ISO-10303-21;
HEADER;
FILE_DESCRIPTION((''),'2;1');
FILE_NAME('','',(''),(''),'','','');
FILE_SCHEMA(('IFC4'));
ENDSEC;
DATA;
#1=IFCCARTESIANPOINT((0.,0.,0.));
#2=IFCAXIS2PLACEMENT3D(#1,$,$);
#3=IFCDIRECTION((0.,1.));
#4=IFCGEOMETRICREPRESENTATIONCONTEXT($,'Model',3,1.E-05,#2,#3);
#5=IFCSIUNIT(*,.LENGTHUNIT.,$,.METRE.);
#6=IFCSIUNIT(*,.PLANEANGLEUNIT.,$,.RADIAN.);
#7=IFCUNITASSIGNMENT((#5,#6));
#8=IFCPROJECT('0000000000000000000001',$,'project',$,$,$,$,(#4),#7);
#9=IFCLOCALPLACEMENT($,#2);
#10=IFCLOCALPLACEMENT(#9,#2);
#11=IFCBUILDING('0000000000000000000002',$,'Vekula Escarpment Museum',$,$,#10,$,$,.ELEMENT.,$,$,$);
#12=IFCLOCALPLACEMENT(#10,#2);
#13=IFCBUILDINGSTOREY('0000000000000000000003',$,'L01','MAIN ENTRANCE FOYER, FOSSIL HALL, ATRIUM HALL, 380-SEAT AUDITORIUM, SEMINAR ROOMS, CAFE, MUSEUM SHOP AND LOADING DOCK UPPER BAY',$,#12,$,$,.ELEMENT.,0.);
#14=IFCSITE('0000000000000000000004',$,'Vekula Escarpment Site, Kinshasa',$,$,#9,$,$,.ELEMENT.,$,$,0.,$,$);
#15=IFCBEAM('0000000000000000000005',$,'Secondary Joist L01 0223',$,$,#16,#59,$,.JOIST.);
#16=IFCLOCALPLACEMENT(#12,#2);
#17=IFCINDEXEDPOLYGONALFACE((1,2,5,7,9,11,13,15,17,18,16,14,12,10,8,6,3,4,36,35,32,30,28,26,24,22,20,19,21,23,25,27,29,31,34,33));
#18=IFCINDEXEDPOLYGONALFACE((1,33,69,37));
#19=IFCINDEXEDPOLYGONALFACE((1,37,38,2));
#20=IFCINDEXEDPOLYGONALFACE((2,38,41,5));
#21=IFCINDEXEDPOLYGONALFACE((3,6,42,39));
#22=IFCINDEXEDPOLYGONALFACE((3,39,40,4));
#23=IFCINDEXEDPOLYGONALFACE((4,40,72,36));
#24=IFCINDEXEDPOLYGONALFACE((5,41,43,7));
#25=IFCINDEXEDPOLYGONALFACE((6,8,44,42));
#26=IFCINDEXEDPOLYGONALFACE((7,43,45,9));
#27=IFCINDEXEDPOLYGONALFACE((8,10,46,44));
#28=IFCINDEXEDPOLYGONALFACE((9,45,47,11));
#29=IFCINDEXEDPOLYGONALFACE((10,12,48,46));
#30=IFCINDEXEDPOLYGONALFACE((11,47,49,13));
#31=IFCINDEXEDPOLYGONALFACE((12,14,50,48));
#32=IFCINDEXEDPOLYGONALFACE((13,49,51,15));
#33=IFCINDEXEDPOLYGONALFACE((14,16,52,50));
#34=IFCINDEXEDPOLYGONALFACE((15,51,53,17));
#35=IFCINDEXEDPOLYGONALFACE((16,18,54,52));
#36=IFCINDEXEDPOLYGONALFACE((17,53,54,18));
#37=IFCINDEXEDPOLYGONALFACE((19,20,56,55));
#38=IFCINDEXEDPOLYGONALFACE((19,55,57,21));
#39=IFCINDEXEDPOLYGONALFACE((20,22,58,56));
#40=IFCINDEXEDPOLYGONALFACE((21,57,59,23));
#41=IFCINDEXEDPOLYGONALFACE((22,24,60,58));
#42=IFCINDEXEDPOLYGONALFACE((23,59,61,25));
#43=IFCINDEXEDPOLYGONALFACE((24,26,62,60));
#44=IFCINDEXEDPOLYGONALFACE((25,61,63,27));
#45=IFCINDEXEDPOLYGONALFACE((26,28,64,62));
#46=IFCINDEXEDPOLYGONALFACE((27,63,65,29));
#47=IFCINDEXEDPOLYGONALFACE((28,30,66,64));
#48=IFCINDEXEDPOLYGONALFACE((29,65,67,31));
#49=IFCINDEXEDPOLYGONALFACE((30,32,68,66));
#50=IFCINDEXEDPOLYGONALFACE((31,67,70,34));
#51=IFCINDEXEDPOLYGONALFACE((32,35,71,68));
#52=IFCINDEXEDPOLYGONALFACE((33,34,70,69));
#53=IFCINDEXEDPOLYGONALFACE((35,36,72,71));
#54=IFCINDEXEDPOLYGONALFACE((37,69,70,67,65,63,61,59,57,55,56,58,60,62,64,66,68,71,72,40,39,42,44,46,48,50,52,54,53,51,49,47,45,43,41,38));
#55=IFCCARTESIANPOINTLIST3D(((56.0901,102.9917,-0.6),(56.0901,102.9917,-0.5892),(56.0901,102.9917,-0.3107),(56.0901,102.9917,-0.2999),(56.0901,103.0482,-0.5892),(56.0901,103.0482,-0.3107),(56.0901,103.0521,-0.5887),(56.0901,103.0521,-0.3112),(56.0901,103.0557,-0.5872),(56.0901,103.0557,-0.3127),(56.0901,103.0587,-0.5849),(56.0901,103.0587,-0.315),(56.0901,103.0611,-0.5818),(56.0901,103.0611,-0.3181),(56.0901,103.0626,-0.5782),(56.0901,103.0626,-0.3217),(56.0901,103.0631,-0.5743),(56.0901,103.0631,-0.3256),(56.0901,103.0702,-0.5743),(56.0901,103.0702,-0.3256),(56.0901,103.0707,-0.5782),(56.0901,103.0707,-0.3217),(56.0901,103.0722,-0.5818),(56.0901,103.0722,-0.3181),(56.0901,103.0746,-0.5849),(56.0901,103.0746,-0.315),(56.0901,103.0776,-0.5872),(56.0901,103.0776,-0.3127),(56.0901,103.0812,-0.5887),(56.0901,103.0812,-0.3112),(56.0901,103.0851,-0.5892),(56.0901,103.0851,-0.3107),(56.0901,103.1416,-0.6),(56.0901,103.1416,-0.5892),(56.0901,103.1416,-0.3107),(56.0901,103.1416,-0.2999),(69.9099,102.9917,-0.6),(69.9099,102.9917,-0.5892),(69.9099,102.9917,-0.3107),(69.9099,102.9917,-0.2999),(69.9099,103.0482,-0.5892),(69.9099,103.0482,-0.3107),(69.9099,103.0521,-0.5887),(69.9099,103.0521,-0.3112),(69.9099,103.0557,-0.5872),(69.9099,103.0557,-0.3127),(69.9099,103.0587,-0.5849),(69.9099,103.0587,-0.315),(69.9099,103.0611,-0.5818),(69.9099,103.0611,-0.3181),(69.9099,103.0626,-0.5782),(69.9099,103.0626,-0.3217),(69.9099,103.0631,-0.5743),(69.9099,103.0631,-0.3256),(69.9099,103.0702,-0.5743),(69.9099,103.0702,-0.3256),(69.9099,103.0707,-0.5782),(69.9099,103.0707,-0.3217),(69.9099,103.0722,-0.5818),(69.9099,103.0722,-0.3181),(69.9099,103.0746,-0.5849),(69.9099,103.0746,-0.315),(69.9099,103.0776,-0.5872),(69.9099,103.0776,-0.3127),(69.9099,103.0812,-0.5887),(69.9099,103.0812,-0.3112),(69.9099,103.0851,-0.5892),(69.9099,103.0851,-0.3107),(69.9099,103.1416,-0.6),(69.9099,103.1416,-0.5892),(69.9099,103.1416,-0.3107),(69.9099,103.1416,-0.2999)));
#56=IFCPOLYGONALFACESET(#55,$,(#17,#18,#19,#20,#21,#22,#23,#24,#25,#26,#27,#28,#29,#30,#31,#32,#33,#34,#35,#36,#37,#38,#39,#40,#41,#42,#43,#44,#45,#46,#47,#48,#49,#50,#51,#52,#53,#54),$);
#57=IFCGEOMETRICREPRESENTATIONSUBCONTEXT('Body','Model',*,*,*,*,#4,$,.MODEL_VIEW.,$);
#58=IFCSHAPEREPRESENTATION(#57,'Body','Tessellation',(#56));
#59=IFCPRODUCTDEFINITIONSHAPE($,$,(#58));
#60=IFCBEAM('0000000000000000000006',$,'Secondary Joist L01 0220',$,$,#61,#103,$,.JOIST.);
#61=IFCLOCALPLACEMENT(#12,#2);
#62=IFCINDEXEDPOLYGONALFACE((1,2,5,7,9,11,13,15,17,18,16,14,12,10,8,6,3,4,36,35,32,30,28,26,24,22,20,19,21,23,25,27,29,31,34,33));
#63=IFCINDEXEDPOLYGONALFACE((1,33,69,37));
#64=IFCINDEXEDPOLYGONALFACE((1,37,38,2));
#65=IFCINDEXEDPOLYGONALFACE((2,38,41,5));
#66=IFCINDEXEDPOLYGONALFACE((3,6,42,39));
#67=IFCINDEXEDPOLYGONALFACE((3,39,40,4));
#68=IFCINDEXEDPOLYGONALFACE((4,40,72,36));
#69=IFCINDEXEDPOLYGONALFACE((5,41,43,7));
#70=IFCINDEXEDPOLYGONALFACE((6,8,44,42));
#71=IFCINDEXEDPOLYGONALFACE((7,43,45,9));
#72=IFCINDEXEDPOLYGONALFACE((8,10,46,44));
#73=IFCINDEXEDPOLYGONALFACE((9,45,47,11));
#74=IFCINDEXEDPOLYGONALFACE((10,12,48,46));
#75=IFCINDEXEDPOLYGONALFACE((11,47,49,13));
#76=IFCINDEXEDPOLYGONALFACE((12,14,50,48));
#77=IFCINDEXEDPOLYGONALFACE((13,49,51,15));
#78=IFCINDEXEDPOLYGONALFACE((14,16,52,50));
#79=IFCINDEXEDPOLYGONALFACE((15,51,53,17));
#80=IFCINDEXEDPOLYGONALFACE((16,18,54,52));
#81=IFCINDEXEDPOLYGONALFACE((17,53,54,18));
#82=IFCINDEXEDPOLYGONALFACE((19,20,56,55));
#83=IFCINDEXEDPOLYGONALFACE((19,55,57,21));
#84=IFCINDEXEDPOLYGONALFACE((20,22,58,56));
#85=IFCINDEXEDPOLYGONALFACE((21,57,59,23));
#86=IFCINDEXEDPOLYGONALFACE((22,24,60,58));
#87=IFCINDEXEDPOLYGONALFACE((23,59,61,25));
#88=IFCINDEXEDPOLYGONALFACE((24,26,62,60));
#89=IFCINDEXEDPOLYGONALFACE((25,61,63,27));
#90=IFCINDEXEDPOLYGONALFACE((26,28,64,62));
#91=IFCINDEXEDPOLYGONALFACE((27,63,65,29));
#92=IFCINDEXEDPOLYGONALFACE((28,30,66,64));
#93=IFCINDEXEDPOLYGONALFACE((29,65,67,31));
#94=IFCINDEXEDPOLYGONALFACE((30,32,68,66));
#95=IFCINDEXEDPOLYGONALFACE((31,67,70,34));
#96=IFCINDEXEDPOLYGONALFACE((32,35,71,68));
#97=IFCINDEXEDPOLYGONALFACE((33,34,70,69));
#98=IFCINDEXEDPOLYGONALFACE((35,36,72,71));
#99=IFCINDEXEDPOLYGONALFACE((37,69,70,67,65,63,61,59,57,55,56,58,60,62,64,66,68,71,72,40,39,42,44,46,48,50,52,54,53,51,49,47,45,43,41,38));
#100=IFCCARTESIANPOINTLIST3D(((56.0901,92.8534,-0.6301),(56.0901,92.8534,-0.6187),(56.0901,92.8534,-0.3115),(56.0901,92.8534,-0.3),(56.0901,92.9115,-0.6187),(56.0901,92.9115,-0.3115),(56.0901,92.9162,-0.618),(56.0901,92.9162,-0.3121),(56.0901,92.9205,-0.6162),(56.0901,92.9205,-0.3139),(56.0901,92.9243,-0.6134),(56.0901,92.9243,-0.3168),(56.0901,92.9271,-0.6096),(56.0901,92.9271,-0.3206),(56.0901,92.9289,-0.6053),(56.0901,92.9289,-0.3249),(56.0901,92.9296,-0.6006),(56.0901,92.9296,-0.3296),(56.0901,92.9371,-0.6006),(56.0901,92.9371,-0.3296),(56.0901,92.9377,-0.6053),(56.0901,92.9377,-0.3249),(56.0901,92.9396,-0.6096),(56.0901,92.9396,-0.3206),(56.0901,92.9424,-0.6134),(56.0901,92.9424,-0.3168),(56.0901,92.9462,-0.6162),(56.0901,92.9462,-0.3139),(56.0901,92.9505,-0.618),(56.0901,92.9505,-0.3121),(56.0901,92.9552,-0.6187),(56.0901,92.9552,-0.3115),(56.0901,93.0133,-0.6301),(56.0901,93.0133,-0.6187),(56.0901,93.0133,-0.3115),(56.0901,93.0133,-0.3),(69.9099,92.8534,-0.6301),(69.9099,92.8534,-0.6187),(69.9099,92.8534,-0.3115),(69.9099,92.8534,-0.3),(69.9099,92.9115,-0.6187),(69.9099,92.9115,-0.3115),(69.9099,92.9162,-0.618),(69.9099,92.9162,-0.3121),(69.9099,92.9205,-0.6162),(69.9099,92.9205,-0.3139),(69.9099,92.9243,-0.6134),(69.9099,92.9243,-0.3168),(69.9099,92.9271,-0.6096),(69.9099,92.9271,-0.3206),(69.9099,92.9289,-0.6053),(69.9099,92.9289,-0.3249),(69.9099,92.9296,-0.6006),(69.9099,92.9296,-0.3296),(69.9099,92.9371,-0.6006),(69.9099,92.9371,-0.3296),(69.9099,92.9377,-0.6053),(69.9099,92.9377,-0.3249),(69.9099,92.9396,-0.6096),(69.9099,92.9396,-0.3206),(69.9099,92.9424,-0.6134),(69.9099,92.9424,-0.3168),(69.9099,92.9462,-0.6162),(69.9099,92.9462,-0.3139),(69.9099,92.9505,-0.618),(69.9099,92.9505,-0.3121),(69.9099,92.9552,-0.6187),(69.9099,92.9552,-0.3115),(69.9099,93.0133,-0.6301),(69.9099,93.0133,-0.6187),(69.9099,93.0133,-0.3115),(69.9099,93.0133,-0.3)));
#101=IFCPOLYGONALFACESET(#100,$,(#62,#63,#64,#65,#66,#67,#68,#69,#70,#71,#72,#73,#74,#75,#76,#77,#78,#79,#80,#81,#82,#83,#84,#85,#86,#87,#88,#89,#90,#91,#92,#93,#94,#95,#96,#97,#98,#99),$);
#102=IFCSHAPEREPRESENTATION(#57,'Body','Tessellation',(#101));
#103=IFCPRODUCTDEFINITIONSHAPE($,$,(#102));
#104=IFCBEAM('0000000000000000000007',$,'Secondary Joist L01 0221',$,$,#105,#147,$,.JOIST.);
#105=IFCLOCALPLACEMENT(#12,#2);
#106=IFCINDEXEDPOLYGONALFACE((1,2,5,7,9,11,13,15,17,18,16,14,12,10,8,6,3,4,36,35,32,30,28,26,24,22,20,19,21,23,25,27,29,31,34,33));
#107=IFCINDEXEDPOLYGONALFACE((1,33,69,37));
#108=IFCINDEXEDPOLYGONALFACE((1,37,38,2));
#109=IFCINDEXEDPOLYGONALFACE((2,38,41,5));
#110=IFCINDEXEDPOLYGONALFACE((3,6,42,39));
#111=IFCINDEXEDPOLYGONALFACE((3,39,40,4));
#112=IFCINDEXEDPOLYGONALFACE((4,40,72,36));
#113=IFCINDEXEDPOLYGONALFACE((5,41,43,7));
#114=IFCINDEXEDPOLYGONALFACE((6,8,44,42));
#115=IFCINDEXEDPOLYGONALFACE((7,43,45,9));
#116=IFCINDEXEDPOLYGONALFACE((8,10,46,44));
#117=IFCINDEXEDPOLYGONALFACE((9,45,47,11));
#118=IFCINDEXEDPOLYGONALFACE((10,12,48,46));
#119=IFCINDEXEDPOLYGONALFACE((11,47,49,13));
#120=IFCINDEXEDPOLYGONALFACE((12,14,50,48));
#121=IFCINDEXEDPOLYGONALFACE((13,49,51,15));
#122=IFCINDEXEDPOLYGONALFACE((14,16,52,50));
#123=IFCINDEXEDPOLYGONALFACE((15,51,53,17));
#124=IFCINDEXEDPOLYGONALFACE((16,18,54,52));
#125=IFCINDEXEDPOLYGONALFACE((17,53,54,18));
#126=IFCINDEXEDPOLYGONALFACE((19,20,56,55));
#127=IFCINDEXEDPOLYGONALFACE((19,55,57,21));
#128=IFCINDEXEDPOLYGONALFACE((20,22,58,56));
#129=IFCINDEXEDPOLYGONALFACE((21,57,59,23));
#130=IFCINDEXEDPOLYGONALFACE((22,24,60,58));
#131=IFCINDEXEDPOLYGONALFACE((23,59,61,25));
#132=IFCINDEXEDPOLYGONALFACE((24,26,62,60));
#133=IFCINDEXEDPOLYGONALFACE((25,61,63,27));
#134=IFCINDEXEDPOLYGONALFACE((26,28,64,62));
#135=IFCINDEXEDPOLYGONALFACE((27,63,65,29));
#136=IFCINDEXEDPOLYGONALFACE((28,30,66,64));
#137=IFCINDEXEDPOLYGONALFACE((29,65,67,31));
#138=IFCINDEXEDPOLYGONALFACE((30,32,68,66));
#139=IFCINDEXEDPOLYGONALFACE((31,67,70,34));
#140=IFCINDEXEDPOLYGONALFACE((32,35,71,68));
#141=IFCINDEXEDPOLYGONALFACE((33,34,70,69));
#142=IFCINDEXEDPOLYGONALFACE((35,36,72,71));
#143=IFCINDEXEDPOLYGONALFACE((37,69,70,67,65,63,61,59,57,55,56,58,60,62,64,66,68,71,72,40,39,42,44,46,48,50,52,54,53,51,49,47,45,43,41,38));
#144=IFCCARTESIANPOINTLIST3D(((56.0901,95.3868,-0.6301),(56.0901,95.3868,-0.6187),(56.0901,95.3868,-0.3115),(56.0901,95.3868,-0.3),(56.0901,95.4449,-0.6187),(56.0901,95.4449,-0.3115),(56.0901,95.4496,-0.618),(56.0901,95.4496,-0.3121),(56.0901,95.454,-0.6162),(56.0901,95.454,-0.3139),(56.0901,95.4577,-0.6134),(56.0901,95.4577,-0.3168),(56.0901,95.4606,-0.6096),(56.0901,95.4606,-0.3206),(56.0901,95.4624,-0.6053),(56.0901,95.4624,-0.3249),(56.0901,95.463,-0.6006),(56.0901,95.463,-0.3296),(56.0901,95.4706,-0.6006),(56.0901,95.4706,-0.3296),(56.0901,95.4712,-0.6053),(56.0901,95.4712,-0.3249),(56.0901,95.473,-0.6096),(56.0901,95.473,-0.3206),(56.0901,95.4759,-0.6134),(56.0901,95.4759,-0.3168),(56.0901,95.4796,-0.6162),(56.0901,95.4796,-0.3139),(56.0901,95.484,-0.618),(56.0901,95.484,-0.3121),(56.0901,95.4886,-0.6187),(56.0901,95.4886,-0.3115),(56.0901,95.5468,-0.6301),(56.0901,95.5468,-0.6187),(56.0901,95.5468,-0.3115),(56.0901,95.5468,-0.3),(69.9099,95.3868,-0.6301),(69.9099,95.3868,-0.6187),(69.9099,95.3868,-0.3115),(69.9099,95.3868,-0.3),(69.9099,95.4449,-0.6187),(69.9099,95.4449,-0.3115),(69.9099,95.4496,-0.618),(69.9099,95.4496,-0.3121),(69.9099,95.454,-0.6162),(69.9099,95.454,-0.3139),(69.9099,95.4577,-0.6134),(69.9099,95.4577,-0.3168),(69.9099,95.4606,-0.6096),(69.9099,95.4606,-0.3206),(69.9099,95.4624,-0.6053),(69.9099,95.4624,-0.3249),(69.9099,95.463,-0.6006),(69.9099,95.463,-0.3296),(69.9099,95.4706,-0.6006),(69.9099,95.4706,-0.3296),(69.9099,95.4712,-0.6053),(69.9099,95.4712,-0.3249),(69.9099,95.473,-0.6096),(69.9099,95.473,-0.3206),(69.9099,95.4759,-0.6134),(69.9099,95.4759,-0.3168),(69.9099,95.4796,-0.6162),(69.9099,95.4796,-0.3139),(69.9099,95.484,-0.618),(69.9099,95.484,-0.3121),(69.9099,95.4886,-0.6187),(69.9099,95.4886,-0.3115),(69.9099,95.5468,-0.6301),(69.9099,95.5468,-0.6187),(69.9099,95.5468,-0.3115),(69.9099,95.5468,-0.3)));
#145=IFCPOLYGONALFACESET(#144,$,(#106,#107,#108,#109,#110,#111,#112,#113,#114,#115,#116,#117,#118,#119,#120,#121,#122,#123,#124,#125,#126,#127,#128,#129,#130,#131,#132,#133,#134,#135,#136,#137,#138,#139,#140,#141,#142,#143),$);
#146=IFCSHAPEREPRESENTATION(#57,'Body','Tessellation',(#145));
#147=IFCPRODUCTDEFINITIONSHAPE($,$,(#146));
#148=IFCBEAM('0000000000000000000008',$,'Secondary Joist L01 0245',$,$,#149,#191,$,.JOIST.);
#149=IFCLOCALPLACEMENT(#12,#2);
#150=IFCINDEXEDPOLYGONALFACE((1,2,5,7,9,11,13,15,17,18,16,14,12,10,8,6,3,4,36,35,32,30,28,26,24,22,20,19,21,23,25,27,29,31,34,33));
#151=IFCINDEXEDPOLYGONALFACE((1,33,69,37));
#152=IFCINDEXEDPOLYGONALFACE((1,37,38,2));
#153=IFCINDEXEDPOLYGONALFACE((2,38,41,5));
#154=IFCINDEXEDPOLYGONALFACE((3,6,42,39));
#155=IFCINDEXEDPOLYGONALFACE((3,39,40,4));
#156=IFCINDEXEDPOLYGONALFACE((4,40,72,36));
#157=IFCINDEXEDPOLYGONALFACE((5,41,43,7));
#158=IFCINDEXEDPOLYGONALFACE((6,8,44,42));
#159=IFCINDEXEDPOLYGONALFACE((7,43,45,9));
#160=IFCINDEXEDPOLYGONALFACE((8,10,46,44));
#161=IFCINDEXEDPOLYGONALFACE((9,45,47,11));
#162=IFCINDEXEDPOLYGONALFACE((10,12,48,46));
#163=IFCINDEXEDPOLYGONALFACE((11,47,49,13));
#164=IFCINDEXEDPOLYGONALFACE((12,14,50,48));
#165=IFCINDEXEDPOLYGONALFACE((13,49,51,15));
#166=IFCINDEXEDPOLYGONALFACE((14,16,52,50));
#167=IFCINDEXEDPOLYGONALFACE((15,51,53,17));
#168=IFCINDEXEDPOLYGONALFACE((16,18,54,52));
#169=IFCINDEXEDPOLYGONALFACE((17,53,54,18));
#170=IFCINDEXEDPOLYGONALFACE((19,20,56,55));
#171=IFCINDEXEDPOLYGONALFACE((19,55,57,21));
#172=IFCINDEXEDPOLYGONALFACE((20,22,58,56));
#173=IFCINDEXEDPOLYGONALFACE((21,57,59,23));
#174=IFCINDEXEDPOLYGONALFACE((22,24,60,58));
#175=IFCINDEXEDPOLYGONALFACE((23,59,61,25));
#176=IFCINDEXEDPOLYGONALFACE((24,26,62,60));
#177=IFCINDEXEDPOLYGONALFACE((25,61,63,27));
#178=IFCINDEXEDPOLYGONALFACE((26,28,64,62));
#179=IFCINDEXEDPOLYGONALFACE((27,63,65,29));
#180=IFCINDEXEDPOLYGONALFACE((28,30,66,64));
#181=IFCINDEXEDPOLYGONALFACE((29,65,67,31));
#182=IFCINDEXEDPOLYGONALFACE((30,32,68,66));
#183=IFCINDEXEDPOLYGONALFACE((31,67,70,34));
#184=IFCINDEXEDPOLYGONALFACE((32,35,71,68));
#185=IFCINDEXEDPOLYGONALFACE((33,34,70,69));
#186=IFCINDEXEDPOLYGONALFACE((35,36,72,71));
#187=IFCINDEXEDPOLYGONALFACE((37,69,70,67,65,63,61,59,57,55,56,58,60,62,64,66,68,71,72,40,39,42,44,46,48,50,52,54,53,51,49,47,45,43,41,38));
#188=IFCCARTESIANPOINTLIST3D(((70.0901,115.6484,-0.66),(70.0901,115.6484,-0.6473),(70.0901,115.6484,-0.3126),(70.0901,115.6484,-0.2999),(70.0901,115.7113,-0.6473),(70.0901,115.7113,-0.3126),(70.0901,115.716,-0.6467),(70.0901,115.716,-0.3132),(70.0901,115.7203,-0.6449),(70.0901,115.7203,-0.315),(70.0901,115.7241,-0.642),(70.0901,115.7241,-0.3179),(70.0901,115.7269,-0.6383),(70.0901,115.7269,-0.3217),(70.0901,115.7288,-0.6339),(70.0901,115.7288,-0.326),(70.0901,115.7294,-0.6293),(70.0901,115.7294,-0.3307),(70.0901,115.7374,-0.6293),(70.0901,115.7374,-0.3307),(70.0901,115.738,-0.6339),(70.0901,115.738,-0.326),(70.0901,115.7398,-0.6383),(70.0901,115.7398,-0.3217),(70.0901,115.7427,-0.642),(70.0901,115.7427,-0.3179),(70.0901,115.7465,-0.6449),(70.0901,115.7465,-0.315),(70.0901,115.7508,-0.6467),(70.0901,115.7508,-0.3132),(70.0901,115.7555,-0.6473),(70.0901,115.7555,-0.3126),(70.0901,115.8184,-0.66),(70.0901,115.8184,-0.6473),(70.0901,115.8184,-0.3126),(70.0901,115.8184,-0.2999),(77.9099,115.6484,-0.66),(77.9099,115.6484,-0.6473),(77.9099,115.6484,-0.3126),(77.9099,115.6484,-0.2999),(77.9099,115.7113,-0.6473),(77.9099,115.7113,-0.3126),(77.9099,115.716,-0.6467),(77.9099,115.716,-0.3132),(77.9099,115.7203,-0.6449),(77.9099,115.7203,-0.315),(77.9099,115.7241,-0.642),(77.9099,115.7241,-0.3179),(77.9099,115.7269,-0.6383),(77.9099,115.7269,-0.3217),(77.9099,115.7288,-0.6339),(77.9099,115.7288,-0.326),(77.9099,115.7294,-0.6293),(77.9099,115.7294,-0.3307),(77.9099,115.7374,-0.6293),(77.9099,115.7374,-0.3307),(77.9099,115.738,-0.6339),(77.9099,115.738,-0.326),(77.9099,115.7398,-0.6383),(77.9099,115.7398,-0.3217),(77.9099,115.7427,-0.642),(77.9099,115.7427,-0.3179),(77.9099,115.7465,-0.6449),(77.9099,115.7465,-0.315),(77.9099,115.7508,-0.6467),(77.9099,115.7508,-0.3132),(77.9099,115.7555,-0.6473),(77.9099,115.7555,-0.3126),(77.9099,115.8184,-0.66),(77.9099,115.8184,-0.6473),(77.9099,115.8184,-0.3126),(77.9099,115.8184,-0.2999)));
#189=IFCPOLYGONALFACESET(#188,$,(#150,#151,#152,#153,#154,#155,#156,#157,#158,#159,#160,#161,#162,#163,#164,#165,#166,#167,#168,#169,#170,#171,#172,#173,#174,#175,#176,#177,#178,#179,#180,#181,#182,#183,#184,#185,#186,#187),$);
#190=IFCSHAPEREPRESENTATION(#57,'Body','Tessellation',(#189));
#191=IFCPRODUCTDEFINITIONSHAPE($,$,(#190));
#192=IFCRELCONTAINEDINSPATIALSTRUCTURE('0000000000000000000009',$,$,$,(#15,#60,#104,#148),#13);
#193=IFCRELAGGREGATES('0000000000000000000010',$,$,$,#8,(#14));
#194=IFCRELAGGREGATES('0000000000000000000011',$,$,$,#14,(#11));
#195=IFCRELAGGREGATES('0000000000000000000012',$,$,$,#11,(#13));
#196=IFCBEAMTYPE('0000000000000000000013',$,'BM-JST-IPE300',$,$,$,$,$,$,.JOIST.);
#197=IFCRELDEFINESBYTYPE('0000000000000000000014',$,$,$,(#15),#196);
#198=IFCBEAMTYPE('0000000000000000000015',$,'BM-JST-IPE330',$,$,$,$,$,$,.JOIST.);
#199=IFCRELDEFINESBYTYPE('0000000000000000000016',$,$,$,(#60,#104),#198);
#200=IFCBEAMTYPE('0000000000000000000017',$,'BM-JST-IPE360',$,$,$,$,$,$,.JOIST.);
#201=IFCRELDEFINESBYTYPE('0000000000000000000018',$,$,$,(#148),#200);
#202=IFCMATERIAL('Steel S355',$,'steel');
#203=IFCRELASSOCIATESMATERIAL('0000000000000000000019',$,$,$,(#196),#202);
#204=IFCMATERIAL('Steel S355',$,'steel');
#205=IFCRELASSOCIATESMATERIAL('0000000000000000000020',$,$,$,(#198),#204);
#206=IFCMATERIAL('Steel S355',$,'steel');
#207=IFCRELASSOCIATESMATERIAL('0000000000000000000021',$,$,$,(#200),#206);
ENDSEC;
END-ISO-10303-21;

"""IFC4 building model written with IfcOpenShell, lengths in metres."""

from ifc_helpers import new_model, si_unit, direction, frame, origin, origin_2d, place, context, subcontext, project, spatial, i_section, extrude, material, material_profile, profile_set, type_object, element, save


model = new_model("IFC4")

# Units and contexts
model_context = context("Model", 3, precision=1e-05, world=origin(), true_north=direction((0.0, 1.0)))
body_context = subcontext(model_context, "Body", "Model", "MODEL_VIEW")
ifc_project = project(units=[si_unit("LENGTHUNIT", "METRE"), si_unit("PLANEANGLEUNIT", "RADIAN")], contexts=[model_context])

# Site, building, storey
site_placement = place(None, origin())
site = spatial("IfcSite", under=ifc_project, at=site_placement, Name="Vekula Escarpment Site, Kinshasa", CompositionType="ELEMENT", RefElevation=0.0)
building_placement = place(site_placement, origin())
building = spatial("IfcBuilding", under=site, at=building_placement, Name="Vekula Escarpment Museum", CompositionType="ELEMENT")
storey_placement = place(building_placement, origin())
storey = spatial("IfcBuildingStorey", under=building, at=storey_placement, Name="L01", Description="MAIN ENTRANCE FOYER, FOSSIL HALL, ATRIUM HALL, 380-SEAT AUDITORIUM, SEMINAR ROOMS, CAFE, MUSEUM SHOP AND LOADING DOCK UPPER BAY", CompositionType="ELEMENT", Elevation=0.0)

# Beams
ifc_material_1 = material(Name="Steel S355", Category="steel")
ifc_material_profile_1 = material_profile(ifc_material_1, i_section(OverallWidth=0.1499, OverallDepth=0.3, WebThickness=0.0071, FlangeThickness=0.0107, FilletRadius=0.0149, at=origin_2d()), Name="IPE 300")
ifc_profile_set_1 = profile_set([ifc_material_profile_1], Name="Steel S355")
beam_type_1 = type_object("IfcBeamType", Name="BM-JST-IPE300", PredefinedType="JOIST", material=ifc_profile_set_1)
for number, where, z_axis, x_axis, name in (
    (1, (56.0901, 103.0667, -0.45), (1.0, 0.0, 0.0), (0.0, 1.0, 0.0), "Secondary Joist L01 0223"),
):
    element("IfcBeam", number, at=place(storey_placement, frame(where, z_axis=z_axis, x_axis=x_axis)), inside=storey, type_object=beam_type_1, Name=name, PredefinedType="JOIST", context=body_context, shape_type="SweptSolid", body=[
        extrude(i_section(OverallWidth=0.1499, OverallDepth=0.3, WebThickness=0.0071, FlangeThickness=0.0107, FilletRadius=0.0149, at=origin_2d()), origin(), (0.0, 0.0, 1.0), 13.8198),
    ])
ifc_material_2 = material(Name="Steel S355", Category="steel")
ifc_material_profile_2 = material_profile(ifc_material_2, i_section(OverallWidth=0.1599, OverallDepth=0.3301, WebThickness=0.0076, FlangeThickness=0.0115, FilletRadius=0.0181, at=origin_2d()), Name="IPE 330")
ifc_profile_set_2 = profile_set([ifc_material_profile_2], Name="Steel S355")
beam_type_2 = type_object("IfcBeamType", Name="BM-JST-IPE330", PredefinedType="JOIST", material=ifc_profile_set_2)
for number, where, z_axis, x_axis, name in (
    (2, (56.0901, 92.9333, -0.4651), (1.0, 0.0, 0.0), (0.0, 1.0, 0.0), "Secondary Joist L01 0220"),
    (3, (56.0901, 95.4668, -0.4651), (1.0, 0.0, 0.0), (0.0, 1.0, 0.0), "Secondary Joist L01 0221"),
):
    element("IfcBeam", number, at=place(storey_placement, frame(where, z_axis=z_axis, x_axis=x_axis)), inside=storey, type_object=beam_type_2, Name=name, PredefinedType="JOIST", context=body_context, shape_type="SweptSolid", body=[
        extrude(i_section(OverallWidth=0.1599, OverallDepth=0.3301, WebThickness=0.0076, FlangeThickness=0.0115, FilletRadius=0.0181, at=origin_2d()), origin(), (0.0, 0.0, 1.0), 13.8198),
    ])
ifc_material_3 = material(Name="Steel S355", Category="steel")
ifc_material_profile_3 = material_profile(ifc_material_3, i_section(OverallWidth=0.1699, OverallDepth=0.3601, WebThickness=0.0081, FlangeThickness=0.0127, FilletRadius=0.0181, at=origin_2d()), Name="IPE 360")
ifc_profile_set_3 = profile_set([ifc_material_profile_3], Name="Steel S355")
beam_type_3 = type_object("IfcBeamType", Name="BM-JST-IPE360", PredefinedType="JOIST", material=ifc_profile_set_3)
for number, where, z_axis, x_axis, name in (
    (4, (70.0901, 115.7334, -0.48), (1.0, 0.0, 0.0), (0.0, 1.0, 0.0), "Secondary Joist L01 0245"),
):
    element("IfcBeam", number, at=place(storey_placement, frame(where, z_axis=z_axis, x_axis=x_axis)), inside=storey, type_object=beam_type_3, Name=name, PredefinedType="JOIST", context=body_context, shape_type="SweptSolid", body=[
        extrude(i_section(OverallWidth=0.1699, OverallDepth=0.3601, WebThickness=0.0081, FlangeThickness=0.0127, FilletRadius=0.0181, at=origin_2d()), origin(), (0.0, 0.0, 1.0), 7.8198),
    ])

save(model, "model.ifc")
